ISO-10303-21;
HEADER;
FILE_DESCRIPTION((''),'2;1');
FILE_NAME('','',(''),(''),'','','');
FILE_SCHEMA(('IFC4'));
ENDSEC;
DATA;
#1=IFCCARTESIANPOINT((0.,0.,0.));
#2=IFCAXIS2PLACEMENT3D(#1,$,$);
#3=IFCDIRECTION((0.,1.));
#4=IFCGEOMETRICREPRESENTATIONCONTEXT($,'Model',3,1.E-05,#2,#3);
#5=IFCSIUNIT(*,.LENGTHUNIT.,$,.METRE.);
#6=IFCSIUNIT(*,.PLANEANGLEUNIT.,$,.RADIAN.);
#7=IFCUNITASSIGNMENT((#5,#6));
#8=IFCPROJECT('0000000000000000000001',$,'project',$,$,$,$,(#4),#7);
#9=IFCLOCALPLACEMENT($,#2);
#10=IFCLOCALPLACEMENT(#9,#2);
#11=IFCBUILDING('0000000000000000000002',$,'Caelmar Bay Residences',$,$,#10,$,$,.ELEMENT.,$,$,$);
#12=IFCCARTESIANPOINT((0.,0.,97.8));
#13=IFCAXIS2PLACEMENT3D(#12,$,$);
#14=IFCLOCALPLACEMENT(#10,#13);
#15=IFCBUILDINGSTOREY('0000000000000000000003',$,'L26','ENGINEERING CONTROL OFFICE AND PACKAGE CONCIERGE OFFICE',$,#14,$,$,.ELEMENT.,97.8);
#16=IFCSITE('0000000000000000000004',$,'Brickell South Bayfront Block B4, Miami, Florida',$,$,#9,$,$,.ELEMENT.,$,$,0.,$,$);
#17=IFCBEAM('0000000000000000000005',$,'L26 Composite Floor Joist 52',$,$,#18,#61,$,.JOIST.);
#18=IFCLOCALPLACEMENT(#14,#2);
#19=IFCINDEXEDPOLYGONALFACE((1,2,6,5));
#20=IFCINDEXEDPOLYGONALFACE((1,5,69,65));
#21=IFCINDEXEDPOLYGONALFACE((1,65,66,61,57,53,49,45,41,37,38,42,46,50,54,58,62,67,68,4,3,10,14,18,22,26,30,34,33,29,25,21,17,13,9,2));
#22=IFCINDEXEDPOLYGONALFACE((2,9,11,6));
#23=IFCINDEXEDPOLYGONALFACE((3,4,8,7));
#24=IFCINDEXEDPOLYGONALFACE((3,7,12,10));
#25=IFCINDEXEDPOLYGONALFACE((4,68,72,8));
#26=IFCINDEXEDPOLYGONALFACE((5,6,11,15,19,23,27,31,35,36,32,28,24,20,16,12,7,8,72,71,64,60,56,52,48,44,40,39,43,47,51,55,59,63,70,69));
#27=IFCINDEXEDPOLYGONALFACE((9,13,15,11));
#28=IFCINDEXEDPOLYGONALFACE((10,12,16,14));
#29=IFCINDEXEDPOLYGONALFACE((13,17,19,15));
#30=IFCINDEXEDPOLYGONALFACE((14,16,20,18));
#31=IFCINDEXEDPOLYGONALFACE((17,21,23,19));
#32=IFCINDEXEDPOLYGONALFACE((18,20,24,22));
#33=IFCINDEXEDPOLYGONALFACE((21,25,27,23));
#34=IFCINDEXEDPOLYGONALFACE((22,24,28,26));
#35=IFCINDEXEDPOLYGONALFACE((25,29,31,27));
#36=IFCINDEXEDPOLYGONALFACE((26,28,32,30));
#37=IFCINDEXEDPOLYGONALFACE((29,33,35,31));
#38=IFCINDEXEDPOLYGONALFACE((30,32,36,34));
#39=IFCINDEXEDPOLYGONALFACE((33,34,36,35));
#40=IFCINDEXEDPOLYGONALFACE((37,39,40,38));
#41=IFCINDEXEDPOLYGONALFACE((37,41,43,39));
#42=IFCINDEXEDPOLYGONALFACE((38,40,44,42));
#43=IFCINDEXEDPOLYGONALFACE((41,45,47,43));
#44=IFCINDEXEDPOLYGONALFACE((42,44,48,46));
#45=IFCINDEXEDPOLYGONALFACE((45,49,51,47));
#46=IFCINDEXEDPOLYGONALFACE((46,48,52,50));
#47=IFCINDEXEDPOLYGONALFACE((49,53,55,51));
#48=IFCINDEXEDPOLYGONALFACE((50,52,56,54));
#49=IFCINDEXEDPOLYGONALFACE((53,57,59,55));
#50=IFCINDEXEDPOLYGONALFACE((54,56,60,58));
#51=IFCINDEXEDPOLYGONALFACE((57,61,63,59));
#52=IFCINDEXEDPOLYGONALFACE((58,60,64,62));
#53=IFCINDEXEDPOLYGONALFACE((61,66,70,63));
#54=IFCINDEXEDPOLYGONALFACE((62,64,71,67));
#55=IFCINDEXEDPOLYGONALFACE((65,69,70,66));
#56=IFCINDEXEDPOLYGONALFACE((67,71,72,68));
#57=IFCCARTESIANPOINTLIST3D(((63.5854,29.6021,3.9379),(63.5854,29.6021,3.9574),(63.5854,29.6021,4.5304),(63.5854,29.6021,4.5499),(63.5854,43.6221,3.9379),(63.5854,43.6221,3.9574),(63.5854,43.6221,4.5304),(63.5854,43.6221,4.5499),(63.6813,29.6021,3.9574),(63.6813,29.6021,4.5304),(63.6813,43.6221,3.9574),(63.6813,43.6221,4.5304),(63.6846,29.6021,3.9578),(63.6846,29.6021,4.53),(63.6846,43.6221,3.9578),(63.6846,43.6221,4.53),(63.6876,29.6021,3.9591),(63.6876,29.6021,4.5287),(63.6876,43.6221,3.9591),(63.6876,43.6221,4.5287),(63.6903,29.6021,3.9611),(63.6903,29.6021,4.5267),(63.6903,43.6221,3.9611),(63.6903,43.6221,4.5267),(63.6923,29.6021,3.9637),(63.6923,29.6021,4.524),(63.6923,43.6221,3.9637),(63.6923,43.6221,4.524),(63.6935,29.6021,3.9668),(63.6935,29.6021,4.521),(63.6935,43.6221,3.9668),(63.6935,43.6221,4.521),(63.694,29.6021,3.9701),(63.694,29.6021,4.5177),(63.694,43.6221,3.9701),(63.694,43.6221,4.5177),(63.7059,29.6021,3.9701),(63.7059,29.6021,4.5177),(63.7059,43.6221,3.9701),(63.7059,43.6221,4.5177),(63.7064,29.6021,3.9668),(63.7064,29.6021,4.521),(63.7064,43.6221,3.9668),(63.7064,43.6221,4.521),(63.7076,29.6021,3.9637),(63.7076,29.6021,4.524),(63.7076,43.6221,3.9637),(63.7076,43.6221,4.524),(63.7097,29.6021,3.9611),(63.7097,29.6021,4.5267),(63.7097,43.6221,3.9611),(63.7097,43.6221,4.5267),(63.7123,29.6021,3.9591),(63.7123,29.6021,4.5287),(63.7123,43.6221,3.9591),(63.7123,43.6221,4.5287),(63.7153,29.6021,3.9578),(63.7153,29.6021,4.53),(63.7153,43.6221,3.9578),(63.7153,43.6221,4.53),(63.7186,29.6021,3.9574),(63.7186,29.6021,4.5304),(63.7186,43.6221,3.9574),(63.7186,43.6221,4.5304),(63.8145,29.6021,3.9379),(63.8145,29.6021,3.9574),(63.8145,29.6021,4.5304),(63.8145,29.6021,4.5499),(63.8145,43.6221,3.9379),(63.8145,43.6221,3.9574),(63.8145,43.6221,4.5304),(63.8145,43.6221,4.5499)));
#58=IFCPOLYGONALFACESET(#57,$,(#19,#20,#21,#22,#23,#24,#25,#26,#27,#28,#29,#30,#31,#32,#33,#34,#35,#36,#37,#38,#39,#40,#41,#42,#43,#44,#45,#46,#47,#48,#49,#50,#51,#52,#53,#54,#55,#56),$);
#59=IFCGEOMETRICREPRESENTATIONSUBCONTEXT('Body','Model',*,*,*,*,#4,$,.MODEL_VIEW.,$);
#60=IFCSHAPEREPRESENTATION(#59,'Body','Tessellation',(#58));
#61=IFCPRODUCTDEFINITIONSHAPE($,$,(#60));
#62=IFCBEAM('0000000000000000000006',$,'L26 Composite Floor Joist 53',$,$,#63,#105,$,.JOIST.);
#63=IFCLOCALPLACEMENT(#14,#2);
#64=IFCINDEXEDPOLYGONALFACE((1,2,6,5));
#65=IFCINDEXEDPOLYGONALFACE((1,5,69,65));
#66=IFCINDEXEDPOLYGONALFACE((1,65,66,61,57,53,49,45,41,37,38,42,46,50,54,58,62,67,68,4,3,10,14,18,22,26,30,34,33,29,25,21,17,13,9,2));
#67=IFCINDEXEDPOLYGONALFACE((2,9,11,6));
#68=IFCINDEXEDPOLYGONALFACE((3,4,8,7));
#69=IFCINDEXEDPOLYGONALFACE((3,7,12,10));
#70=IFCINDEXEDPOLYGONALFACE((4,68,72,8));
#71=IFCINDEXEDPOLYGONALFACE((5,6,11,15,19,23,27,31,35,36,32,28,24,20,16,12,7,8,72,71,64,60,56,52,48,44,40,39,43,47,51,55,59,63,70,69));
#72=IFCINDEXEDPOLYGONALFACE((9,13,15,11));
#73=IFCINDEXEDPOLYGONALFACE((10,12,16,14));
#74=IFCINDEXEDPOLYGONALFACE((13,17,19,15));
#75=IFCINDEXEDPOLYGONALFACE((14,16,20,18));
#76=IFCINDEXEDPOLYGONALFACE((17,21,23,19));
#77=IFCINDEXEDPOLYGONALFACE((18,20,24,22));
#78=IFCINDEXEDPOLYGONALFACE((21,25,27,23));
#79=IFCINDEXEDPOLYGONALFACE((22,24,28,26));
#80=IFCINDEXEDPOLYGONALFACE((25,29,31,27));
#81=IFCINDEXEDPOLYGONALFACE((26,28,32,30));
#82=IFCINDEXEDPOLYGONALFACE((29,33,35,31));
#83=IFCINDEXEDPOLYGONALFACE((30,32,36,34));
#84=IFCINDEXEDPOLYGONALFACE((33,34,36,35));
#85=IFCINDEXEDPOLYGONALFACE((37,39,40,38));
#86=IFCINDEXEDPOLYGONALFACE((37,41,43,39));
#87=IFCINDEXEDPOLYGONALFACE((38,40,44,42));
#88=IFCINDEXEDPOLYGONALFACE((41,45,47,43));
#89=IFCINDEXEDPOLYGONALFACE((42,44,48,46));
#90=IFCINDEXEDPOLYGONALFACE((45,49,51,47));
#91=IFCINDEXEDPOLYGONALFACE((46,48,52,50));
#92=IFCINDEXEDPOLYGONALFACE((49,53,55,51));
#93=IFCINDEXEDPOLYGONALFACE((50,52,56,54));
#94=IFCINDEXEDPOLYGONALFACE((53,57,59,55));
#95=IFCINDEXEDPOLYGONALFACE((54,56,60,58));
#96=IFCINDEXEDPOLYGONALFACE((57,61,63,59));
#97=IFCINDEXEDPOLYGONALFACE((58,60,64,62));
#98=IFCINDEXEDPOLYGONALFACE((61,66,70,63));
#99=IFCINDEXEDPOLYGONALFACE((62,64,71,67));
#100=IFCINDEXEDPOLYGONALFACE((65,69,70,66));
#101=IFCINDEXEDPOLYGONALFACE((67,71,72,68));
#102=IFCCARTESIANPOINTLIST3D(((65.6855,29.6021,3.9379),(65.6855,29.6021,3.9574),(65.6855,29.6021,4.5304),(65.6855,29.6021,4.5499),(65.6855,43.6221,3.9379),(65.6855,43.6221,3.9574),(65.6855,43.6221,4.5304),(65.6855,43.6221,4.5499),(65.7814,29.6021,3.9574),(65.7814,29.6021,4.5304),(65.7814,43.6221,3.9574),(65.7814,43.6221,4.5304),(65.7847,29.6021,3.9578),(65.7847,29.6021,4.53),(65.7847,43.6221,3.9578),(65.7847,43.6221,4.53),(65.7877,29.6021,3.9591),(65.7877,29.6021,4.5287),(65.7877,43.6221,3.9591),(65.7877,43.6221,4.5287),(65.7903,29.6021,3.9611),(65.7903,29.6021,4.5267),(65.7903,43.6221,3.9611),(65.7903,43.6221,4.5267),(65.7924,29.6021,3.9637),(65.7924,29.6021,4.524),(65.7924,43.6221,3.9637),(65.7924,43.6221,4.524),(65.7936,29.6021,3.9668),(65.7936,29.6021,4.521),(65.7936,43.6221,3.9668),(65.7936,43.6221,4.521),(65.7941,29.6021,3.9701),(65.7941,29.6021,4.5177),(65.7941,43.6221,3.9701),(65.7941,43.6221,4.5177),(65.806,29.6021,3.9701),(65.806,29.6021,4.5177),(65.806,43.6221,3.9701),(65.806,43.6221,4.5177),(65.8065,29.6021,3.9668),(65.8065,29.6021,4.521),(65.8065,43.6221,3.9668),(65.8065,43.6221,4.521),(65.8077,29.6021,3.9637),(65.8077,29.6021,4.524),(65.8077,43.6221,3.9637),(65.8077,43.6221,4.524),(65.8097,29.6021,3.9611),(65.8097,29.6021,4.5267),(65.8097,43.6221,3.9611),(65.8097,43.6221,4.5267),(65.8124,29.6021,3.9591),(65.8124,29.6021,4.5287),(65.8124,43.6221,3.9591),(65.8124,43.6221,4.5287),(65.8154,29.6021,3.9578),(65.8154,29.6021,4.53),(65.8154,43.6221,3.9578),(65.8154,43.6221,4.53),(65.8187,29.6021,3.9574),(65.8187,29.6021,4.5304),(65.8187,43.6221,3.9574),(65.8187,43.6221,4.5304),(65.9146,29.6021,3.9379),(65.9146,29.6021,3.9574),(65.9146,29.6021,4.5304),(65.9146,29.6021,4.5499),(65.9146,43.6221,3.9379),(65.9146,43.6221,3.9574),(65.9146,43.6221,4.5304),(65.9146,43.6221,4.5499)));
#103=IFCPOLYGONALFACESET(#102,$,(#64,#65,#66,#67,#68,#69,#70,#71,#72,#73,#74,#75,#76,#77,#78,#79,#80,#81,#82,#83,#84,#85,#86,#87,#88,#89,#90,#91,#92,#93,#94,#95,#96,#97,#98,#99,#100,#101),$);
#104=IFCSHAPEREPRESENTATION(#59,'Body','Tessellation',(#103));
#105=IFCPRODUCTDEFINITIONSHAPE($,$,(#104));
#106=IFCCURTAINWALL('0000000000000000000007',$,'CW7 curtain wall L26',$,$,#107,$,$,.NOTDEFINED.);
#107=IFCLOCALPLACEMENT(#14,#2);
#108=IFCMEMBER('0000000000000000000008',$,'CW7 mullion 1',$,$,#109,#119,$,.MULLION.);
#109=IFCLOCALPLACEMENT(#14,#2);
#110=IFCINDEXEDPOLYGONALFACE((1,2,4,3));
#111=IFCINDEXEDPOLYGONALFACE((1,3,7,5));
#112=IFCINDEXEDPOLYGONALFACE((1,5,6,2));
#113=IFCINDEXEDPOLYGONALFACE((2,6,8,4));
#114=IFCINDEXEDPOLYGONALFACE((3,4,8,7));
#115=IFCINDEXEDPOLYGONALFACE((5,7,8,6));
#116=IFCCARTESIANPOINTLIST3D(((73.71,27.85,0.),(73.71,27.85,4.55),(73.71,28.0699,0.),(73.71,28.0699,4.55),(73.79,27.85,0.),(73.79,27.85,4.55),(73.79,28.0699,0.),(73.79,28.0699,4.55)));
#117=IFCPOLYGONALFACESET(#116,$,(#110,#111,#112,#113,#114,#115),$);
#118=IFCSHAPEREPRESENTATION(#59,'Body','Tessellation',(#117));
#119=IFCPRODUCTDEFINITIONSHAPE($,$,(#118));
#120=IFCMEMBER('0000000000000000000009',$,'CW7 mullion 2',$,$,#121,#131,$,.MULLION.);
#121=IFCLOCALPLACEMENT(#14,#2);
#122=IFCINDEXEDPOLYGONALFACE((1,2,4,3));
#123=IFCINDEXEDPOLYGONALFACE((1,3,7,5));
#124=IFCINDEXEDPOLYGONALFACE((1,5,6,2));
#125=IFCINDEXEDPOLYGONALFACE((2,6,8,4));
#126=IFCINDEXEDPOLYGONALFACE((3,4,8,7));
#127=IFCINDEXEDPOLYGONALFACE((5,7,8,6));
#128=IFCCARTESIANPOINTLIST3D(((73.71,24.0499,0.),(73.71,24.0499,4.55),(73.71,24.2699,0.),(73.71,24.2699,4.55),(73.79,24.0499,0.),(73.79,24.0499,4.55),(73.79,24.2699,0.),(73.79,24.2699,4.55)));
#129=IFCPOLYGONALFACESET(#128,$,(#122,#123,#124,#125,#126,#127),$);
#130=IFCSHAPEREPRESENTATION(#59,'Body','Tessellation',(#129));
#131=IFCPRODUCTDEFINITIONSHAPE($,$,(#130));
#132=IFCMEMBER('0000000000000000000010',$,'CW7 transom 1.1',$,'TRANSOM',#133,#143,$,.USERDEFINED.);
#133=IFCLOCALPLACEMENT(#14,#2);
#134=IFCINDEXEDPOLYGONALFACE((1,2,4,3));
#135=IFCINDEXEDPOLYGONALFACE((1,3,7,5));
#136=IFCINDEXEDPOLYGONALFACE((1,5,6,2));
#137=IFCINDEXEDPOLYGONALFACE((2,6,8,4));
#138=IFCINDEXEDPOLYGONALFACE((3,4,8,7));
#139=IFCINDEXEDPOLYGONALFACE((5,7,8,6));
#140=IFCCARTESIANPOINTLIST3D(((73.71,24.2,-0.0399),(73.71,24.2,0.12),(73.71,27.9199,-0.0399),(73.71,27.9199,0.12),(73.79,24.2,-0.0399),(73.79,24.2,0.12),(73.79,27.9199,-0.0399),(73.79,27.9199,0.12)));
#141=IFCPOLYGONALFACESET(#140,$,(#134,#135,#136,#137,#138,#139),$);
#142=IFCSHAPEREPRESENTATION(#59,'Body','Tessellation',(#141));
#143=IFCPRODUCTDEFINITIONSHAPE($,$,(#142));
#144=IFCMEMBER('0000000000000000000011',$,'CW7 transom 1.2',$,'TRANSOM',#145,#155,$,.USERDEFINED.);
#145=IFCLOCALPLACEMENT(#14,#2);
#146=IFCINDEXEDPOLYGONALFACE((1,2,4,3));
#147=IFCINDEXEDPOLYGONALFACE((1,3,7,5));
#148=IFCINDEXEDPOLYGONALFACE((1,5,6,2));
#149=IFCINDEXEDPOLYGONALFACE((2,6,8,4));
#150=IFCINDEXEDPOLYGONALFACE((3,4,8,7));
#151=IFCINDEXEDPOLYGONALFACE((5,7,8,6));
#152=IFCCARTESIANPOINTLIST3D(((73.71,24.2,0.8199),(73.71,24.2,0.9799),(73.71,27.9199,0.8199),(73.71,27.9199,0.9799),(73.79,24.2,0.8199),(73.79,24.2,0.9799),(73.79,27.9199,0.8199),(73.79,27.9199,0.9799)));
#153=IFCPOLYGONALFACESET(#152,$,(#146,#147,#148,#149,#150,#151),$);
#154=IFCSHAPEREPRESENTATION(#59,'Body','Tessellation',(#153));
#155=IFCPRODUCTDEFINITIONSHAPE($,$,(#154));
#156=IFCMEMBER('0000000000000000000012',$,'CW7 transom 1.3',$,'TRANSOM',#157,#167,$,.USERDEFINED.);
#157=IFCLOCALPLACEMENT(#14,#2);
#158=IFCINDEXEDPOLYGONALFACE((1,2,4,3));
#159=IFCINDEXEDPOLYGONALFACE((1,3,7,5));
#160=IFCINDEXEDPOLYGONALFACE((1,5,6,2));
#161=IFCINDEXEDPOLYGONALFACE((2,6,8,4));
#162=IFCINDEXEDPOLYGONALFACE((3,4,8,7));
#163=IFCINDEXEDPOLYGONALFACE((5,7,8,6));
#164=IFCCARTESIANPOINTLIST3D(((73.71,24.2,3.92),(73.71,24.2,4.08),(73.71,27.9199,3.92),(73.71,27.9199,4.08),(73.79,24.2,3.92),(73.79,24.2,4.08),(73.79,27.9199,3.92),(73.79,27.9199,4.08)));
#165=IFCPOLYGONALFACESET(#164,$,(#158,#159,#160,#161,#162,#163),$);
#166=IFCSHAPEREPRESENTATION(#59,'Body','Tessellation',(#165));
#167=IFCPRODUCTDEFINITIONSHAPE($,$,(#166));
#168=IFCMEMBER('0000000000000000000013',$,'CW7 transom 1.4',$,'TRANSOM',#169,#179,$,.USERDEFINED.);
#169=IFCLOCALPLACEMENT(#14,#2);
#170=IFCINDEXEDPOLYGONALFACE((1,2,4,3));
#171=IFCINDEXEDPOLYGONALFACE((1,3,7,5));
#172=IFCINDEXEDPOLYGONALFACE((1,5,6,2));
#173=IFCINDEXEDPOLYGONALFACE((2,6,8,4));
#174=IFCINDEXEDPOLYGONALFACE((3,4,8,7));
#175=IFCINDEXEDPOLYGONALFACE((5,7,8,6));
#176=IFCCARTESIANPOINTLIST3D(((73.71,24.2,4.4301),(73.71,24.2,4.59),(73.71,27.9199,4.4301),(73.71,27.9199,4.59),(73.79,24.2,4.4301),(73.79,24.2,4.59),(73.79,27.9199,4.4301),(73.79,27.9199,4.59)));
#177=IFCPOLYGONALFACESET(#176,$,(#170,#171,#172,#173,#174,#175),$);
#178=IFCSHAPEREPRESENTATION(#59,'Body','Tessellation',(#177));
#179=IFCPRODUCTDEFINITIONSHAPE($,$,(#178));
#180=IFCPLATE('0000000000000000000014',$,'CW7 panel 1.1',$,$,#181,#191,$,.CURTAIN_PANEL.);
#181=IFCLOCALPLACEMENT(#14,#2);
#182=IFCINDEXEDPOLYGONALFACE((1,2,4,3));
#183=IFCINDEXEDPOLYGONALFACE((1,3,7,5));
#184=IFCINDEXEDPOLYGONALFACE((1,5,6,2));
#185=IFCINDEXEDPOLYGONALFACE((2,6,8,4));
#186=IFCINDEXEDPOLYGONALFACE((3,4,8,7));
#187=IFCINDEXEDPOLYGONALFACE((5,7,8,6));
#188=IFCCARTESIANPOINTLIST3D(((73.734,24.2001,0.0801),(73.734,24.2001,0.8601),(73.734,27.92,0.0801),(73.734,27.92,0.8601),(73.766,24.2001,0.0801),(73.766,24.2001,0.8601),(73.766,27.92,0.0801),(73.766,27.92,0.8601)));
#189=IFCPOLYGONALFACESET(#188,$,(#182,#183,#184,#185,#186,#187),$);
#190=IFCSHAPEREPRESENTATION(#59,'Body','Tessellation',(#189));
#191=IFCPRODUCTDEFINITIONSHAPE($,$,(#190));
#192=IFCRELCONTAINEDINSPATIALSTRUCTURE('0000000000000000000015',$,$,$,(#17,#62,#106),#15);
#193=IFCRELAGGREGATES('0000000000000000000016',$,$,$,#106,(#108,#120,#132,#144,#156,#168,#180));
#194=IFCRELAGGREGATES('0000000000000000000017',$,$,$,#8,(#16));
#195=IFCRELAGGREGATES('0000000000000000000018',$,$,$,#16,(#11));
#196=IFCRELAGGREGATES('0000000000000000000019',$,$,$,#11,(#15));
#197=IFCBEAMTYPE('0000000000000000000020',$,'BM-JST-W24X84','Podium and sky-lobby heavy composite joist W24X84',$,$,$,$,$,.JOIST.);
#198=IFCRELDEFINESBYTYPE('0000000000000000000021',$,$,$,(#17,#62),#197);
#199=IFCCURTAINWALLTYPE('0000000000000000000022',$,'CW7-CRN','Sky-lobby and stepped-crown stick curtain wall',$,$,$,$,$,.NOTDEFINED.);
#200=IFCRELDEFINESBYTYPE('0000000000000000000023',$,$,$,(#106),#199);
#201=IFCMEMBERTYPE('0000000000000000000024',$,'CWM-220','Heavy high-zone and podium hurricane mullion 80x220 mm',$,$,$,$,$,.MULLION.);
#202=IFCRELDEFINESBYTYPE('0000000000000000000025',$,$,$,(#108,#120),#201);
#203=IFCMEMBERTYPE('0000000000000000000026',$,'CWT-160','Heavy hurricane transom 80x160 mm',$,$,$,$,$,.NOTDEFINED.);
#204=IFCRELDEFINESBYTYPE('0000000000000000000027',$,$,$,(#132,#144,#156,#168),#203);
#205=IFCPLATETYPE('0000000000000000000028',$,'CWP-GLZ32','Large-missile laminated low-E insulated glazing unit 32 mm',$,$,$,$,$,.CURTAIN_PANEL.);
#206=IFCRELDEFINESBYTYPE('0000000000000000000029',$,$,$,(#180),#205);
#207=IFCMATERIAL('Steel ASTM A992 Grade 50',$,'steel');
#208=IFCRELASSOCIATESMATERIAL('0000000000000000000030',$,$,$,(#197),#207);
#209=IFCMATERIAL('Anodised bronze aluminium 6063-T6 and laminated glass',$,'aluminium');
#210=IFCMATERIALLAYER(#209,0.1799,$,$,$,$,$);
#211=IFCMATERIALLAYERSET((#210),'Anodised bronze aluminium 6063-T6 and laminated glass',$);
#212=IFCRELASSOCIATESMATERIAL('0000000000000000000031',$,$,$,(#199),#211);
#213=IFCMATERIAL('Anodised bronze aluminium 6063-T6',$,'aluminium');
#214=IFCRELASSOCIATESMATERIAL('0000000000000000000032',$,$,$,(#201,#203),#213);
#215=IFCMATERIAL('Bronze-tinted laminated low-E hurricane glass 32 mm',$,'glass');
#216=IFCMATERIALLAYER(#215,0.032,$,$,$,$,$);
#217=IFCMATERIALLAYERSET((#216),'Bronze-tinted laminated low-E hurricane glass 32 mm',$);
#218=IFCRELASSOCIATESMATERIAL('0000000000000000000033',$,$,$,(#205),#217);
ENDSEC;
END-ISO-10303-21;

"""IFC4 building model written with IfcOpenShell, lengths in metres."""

from ifc_helpers import new_model, si_unit, direction, frame, origin, origin_2d, place, context, subcontext, project, spatial, rectangle, i_section, extrude, material, layer, layer_set, material_profile, profile_set, type_object, element, aggregate, save


model = new_model("IFC4")

# Units and contexts
model_context = context("Model", 3, precision=1e-05, world=origin(), true_north=direction((0.0, 1.0)))
body_context = subcontext(model_context, "Body", "Model", "MODEL_VIEW")
ifc_project = project(units=[si_unit("LENGTHUNIT", "METRE"), si_unit("PLANEANGLEUNIT", "RADIAN")], contexts=[model_context])

# Site, building, storey
site_placement = place(None, origin())
site = spatial("IfcSite", under=ifc_project, at=site_placement, Name="Brickell South Bayfront Block B4, Miami, Florida", CompositionType="ELEMENT", RefElevation=0.0)
building_placement = place(site_placement, origin())
building = spatial("IfcBuilding", under=site, at=building_placement, Name="Caelmar Bay Residences", CompositionType="ELEMENT")
storey_placement = place(building_placement, frame((0.0, 0.0, 97.8)))
storey = spatial("IfcBuildingStorey", under=building, at=storey_placement, Name="L26", Description="ENGINEERING CONTROL OFFICE AND PACKAGE CONCIERGE OFFICE", CompositionType="ELEMENT", Elevation=97.8)

# Beams
ifc_material_1 = material(Name="Steel ASTM A992 Grade 50", Category="steel")
ifc_material_profile_1 = material_profile(ifc_material_1, i_section(OverallWidth=0.229, OverallDepth=0.6121, WebThickness=0.012, FlangeThickness=0.0195, FilletRadius=0.0127, at=origin_2d()), Name="W24X84")
ifc_profile_set_1 = profile_set([ifc_material_profile_1], Name="Steel ASTM A992 Grade 50")
beam_type_1 = type_object("IfcBeamType", Name="BM-JST-W24X84", Description="Podium and sky-lobby heavy composite joist W24X84", PredefinedType="JOIST", material=ifc_profile_set_1)
for number, where, z_axis, x_axis, name in (
    (1, (63.7, 29.6021, 4.2439), (0.0, 1.0, 0.0), (-1.0, 0.0, 0.0), "L26 Composite Floor Joist 52"),
    (2, (65.8, 29.6021, 4.2439), (0.0, 1.0, 0.0), (-1.0, 0.0, 0.0), "L26 Composite Floor Joist 53"),
):
    element("IfcBeam", number, at=place(storey_placement, frame(where, z_axis=z_axis, x_axis=x_axis)), inside=storey, type_object=beam_type_1, Name=name, PredefinedType="JOIST", context=body_context, shape_type="SweptSolid", body=[
        extrude(i_section(OverallWidth=0.229, OverallDepth=0.6121, WebThickness=0.012, FlangeThickness=0.0195, FilletRadius=0.0127, at=origin_2d()), origin(), (0.0, 0.0, 1.0), 14.02),
    ])

# Curtain wall, members, plate
ifc_material_2 = material(Name="Anodised bronze aluminium 6063-T6 and laminated glass", Category="aluminium")
ifc_layer_1 = layer(ifc_material_2, 0.1799)
ifc_layer_set_1 = layer_set([ifc_layer_1], Name="Anodised bronze aluminium 6063-T6 and laminated glass")
curtain_wall_type = type_object("IfcCurtainWallType", Name="CW7-CRN", Description="Sky-lobby and stepped-crown stick curtain wall", PredefinedType="NOTDEFINED", material=ifc_layer_set_1)
curtain_wall_placement = place(storey_placement, origin())
curtain_wall = element("IfcCurtainWall", 3, at=curtain_wall_placement, inside=storey, type_object=curtain_wall_type, Name="CW7 curtain wall L26", PredefinedType="NOTDEFINED")
ifc_material_3 = material(Name="Anodised bronze aluminium 6063-T6", Category="aluminium")
ifc_material_profile_2 = material_profile(ifc_material_3, rectangle(XDim=0.0801, YDim=0.22, at=origin_2d()), Name="CWM-80X220")
ifc_profile_set_2 = profile_set([ifc_material_profile_2], Name="Anodised bronze aluminium 6063-T6")
member_type_1 = type_object("IfcMemberType", Name="CWM-220", Description="Heavy high-zone and podium hurricane mullion 80x220 mm", PredefinedType="MULLION", material=ifc_profile_set_2)
member_1_placement = place(storey_placement, frame((73.75, 27.96, 0.0), z_axis=(0.0, 0.0, 1.0), x_axis=(1.0, 0.0, 0.0)))
member_1 = element("IfcMember", 4, at=member_1_placement, type_object=member_type_1, Name="CW7 mullion 1", PredefinedType="MULLION", context=body_context, shape_type="SweptSolid", body=[
    extrude(rectangle(XDim=0.0801, YDim=0.22, at=origin_2d()), origin(), (0.0, 0.0, 1.0), 4.55),
])
member_2_placement = place(storey_placement, frame((73.75, 24.1599, 0.0), z_axis=(0.0, 0.0, 1.0), x_axis=(1.0, 0.0, 0.0)))
member_2 = element("IfcMember", 5, at=member_2_placement, type_object=member_type_1, Name="CW7 mullion 2", PredefinedType="MULLION", context=body_context, shape_type="SweptSolid", body=[
    extrude(rectangle(XDim=0.0801, YDim=0.22, at=origin_2d()), origin(), (0.0, 0.0, 1.0), 4.55),
])
ifc_material_profile_3 = material_profile(ifc_material_3, rectangle(XDim=0.0801, YDim=0.1599, at=origin_2d()), Name="CWT-80X160")
ifc_profile_set_3 = profile_set([ifc_material_profile_3], Name="Anodised bronze aluminium 6063-T6")
member_type_2 = type_object("IfcMemberType", Name="CWT-160", Description="Heavy hurricane transom 80x160 mm", PredefinedType="NOTDEFINED", material=ifc_profile_set_3)
member_3_placement = place(storey_placement, frame((73.75, 27.9199, 0.04), z_axis=(0.0, -1.0, 0.0), x_axis=(1.0, 0.0, 0.0)))
member_3 = element("IfcMember", 6, at=member_3_placement, type_object=member_type_2, Name="CW7 transom 1.1", ObjectType="TRANSOM", PredefinedType="USERDEFINED", context=body_context, shape_type="SweptSolid", body=[
    extrude(rectangle(XDim=0.0801, YDim=0.1599, at=origin_2d()), origin(), (0.0, 0.0, 1.0), 3.72),
])
member_4_placement = place(storey_placement, frame((73.75, 27.9199, 0.8999), z_axis=(0.0, -1.0, 0.0), x_axis=(1.0, 0.0, 0.0)))
member_4 = element("IfcMember", 7, at=member_4_placement, type_object=member_type_2, Name="CW7 transom 1.2", ObjectType="TRANSOM", PredefinedType="USERDEFINED", context=body_context, shape_type="SweptSolid", body=[
    extrude(rectangle(XDim=0.0801, YDim=0.1599, at=origin_2d()), origin(), (0.0, 0.0, 1.0), 3.72),
])
member_5_placement = place(storey_placement, frame((73.75, 27.9199, 4.0), z_axis=(0.0, -1.0, 0.0), x_axis=(1.0, 0.0, 0.0)))
member_5 = element("IfcMember", 8, at=member_5_placement, type_object=member_type_2, Name="CW7 transom 1.3", ObjectType="TRANSOM", PredefinedType="USERDEFINED", context=body_context, shape_type="SweptSolid", body=[
    extrude(rectangle(XDim=0.0801, YDim=0.1599, at=origin_2d()), origin(), (0.0, 0.0, 1.0), 3.72),
])
member_6_placement = place(storey_placement, frame((73.75, 27.9199, 4.51), z_axis=(0.0, -1.0, 0.0), x_axis=(1.0, 0.0, 0.0)))
member_6 = element("IfcMember", 9, at=member_6_placement, type_object=member_type_2, Name="CW7 transom 1.4", ObjectType="TRANSOM", PredefinedType="USERDEFINED", context=body_context, shape_type="SweptSolid", body=[
    extrude(rectangle(XDim=0.0801, YDim=0.1599, at=origin_2d()), origin(), (0.0, 0.0, 1.0), 3.72),
])
ifc_material_4 = material(Name="Bronze-tinted laminated low-E hurricane glass 32 mm", Category="glass")
ifc_layer_2 = layer(ifc_material_4, 0.032)
ifc_layer_set_2 = layer_set([ifc_layer_2], Name="Bronze-tinted laminated low-E hurricane glass 32 mm")
plate_type = type_object("IfcPlateType", Name="CWP-GLZ32", Description="Large-missile laminated low-E insulated glazing unit 32 mm", PredefinedType="CURTAIN_PANEL", material=ifc_layer_set_2)
plate_1_placement = place(storey_placement, frame((73.75, 26.0601, 0.0801), z_axis=(0.0, 0.0, 1.0), x_axis=(0.0, -1.0, 0.0)))
plate_1 = element("IfcPlate", 10, at=plate_1_placement, type_object=plate_type, Name="CW7 panel 1.1", PredefinedType="CURTAIN_PANEL", context=body_context, shape_type="SweptSolid", body=[
    extrude(rectangle(XDim=3.72, YDim=0.032, at=origin_2d()), origin(), (0.0, 0.0, 1.0), 0.78),
])
aggregate(curtain_wall, [member_1, member_2, member_3, member_4, member_5, member_6, plate_1])

save(model, "model.ifc")
